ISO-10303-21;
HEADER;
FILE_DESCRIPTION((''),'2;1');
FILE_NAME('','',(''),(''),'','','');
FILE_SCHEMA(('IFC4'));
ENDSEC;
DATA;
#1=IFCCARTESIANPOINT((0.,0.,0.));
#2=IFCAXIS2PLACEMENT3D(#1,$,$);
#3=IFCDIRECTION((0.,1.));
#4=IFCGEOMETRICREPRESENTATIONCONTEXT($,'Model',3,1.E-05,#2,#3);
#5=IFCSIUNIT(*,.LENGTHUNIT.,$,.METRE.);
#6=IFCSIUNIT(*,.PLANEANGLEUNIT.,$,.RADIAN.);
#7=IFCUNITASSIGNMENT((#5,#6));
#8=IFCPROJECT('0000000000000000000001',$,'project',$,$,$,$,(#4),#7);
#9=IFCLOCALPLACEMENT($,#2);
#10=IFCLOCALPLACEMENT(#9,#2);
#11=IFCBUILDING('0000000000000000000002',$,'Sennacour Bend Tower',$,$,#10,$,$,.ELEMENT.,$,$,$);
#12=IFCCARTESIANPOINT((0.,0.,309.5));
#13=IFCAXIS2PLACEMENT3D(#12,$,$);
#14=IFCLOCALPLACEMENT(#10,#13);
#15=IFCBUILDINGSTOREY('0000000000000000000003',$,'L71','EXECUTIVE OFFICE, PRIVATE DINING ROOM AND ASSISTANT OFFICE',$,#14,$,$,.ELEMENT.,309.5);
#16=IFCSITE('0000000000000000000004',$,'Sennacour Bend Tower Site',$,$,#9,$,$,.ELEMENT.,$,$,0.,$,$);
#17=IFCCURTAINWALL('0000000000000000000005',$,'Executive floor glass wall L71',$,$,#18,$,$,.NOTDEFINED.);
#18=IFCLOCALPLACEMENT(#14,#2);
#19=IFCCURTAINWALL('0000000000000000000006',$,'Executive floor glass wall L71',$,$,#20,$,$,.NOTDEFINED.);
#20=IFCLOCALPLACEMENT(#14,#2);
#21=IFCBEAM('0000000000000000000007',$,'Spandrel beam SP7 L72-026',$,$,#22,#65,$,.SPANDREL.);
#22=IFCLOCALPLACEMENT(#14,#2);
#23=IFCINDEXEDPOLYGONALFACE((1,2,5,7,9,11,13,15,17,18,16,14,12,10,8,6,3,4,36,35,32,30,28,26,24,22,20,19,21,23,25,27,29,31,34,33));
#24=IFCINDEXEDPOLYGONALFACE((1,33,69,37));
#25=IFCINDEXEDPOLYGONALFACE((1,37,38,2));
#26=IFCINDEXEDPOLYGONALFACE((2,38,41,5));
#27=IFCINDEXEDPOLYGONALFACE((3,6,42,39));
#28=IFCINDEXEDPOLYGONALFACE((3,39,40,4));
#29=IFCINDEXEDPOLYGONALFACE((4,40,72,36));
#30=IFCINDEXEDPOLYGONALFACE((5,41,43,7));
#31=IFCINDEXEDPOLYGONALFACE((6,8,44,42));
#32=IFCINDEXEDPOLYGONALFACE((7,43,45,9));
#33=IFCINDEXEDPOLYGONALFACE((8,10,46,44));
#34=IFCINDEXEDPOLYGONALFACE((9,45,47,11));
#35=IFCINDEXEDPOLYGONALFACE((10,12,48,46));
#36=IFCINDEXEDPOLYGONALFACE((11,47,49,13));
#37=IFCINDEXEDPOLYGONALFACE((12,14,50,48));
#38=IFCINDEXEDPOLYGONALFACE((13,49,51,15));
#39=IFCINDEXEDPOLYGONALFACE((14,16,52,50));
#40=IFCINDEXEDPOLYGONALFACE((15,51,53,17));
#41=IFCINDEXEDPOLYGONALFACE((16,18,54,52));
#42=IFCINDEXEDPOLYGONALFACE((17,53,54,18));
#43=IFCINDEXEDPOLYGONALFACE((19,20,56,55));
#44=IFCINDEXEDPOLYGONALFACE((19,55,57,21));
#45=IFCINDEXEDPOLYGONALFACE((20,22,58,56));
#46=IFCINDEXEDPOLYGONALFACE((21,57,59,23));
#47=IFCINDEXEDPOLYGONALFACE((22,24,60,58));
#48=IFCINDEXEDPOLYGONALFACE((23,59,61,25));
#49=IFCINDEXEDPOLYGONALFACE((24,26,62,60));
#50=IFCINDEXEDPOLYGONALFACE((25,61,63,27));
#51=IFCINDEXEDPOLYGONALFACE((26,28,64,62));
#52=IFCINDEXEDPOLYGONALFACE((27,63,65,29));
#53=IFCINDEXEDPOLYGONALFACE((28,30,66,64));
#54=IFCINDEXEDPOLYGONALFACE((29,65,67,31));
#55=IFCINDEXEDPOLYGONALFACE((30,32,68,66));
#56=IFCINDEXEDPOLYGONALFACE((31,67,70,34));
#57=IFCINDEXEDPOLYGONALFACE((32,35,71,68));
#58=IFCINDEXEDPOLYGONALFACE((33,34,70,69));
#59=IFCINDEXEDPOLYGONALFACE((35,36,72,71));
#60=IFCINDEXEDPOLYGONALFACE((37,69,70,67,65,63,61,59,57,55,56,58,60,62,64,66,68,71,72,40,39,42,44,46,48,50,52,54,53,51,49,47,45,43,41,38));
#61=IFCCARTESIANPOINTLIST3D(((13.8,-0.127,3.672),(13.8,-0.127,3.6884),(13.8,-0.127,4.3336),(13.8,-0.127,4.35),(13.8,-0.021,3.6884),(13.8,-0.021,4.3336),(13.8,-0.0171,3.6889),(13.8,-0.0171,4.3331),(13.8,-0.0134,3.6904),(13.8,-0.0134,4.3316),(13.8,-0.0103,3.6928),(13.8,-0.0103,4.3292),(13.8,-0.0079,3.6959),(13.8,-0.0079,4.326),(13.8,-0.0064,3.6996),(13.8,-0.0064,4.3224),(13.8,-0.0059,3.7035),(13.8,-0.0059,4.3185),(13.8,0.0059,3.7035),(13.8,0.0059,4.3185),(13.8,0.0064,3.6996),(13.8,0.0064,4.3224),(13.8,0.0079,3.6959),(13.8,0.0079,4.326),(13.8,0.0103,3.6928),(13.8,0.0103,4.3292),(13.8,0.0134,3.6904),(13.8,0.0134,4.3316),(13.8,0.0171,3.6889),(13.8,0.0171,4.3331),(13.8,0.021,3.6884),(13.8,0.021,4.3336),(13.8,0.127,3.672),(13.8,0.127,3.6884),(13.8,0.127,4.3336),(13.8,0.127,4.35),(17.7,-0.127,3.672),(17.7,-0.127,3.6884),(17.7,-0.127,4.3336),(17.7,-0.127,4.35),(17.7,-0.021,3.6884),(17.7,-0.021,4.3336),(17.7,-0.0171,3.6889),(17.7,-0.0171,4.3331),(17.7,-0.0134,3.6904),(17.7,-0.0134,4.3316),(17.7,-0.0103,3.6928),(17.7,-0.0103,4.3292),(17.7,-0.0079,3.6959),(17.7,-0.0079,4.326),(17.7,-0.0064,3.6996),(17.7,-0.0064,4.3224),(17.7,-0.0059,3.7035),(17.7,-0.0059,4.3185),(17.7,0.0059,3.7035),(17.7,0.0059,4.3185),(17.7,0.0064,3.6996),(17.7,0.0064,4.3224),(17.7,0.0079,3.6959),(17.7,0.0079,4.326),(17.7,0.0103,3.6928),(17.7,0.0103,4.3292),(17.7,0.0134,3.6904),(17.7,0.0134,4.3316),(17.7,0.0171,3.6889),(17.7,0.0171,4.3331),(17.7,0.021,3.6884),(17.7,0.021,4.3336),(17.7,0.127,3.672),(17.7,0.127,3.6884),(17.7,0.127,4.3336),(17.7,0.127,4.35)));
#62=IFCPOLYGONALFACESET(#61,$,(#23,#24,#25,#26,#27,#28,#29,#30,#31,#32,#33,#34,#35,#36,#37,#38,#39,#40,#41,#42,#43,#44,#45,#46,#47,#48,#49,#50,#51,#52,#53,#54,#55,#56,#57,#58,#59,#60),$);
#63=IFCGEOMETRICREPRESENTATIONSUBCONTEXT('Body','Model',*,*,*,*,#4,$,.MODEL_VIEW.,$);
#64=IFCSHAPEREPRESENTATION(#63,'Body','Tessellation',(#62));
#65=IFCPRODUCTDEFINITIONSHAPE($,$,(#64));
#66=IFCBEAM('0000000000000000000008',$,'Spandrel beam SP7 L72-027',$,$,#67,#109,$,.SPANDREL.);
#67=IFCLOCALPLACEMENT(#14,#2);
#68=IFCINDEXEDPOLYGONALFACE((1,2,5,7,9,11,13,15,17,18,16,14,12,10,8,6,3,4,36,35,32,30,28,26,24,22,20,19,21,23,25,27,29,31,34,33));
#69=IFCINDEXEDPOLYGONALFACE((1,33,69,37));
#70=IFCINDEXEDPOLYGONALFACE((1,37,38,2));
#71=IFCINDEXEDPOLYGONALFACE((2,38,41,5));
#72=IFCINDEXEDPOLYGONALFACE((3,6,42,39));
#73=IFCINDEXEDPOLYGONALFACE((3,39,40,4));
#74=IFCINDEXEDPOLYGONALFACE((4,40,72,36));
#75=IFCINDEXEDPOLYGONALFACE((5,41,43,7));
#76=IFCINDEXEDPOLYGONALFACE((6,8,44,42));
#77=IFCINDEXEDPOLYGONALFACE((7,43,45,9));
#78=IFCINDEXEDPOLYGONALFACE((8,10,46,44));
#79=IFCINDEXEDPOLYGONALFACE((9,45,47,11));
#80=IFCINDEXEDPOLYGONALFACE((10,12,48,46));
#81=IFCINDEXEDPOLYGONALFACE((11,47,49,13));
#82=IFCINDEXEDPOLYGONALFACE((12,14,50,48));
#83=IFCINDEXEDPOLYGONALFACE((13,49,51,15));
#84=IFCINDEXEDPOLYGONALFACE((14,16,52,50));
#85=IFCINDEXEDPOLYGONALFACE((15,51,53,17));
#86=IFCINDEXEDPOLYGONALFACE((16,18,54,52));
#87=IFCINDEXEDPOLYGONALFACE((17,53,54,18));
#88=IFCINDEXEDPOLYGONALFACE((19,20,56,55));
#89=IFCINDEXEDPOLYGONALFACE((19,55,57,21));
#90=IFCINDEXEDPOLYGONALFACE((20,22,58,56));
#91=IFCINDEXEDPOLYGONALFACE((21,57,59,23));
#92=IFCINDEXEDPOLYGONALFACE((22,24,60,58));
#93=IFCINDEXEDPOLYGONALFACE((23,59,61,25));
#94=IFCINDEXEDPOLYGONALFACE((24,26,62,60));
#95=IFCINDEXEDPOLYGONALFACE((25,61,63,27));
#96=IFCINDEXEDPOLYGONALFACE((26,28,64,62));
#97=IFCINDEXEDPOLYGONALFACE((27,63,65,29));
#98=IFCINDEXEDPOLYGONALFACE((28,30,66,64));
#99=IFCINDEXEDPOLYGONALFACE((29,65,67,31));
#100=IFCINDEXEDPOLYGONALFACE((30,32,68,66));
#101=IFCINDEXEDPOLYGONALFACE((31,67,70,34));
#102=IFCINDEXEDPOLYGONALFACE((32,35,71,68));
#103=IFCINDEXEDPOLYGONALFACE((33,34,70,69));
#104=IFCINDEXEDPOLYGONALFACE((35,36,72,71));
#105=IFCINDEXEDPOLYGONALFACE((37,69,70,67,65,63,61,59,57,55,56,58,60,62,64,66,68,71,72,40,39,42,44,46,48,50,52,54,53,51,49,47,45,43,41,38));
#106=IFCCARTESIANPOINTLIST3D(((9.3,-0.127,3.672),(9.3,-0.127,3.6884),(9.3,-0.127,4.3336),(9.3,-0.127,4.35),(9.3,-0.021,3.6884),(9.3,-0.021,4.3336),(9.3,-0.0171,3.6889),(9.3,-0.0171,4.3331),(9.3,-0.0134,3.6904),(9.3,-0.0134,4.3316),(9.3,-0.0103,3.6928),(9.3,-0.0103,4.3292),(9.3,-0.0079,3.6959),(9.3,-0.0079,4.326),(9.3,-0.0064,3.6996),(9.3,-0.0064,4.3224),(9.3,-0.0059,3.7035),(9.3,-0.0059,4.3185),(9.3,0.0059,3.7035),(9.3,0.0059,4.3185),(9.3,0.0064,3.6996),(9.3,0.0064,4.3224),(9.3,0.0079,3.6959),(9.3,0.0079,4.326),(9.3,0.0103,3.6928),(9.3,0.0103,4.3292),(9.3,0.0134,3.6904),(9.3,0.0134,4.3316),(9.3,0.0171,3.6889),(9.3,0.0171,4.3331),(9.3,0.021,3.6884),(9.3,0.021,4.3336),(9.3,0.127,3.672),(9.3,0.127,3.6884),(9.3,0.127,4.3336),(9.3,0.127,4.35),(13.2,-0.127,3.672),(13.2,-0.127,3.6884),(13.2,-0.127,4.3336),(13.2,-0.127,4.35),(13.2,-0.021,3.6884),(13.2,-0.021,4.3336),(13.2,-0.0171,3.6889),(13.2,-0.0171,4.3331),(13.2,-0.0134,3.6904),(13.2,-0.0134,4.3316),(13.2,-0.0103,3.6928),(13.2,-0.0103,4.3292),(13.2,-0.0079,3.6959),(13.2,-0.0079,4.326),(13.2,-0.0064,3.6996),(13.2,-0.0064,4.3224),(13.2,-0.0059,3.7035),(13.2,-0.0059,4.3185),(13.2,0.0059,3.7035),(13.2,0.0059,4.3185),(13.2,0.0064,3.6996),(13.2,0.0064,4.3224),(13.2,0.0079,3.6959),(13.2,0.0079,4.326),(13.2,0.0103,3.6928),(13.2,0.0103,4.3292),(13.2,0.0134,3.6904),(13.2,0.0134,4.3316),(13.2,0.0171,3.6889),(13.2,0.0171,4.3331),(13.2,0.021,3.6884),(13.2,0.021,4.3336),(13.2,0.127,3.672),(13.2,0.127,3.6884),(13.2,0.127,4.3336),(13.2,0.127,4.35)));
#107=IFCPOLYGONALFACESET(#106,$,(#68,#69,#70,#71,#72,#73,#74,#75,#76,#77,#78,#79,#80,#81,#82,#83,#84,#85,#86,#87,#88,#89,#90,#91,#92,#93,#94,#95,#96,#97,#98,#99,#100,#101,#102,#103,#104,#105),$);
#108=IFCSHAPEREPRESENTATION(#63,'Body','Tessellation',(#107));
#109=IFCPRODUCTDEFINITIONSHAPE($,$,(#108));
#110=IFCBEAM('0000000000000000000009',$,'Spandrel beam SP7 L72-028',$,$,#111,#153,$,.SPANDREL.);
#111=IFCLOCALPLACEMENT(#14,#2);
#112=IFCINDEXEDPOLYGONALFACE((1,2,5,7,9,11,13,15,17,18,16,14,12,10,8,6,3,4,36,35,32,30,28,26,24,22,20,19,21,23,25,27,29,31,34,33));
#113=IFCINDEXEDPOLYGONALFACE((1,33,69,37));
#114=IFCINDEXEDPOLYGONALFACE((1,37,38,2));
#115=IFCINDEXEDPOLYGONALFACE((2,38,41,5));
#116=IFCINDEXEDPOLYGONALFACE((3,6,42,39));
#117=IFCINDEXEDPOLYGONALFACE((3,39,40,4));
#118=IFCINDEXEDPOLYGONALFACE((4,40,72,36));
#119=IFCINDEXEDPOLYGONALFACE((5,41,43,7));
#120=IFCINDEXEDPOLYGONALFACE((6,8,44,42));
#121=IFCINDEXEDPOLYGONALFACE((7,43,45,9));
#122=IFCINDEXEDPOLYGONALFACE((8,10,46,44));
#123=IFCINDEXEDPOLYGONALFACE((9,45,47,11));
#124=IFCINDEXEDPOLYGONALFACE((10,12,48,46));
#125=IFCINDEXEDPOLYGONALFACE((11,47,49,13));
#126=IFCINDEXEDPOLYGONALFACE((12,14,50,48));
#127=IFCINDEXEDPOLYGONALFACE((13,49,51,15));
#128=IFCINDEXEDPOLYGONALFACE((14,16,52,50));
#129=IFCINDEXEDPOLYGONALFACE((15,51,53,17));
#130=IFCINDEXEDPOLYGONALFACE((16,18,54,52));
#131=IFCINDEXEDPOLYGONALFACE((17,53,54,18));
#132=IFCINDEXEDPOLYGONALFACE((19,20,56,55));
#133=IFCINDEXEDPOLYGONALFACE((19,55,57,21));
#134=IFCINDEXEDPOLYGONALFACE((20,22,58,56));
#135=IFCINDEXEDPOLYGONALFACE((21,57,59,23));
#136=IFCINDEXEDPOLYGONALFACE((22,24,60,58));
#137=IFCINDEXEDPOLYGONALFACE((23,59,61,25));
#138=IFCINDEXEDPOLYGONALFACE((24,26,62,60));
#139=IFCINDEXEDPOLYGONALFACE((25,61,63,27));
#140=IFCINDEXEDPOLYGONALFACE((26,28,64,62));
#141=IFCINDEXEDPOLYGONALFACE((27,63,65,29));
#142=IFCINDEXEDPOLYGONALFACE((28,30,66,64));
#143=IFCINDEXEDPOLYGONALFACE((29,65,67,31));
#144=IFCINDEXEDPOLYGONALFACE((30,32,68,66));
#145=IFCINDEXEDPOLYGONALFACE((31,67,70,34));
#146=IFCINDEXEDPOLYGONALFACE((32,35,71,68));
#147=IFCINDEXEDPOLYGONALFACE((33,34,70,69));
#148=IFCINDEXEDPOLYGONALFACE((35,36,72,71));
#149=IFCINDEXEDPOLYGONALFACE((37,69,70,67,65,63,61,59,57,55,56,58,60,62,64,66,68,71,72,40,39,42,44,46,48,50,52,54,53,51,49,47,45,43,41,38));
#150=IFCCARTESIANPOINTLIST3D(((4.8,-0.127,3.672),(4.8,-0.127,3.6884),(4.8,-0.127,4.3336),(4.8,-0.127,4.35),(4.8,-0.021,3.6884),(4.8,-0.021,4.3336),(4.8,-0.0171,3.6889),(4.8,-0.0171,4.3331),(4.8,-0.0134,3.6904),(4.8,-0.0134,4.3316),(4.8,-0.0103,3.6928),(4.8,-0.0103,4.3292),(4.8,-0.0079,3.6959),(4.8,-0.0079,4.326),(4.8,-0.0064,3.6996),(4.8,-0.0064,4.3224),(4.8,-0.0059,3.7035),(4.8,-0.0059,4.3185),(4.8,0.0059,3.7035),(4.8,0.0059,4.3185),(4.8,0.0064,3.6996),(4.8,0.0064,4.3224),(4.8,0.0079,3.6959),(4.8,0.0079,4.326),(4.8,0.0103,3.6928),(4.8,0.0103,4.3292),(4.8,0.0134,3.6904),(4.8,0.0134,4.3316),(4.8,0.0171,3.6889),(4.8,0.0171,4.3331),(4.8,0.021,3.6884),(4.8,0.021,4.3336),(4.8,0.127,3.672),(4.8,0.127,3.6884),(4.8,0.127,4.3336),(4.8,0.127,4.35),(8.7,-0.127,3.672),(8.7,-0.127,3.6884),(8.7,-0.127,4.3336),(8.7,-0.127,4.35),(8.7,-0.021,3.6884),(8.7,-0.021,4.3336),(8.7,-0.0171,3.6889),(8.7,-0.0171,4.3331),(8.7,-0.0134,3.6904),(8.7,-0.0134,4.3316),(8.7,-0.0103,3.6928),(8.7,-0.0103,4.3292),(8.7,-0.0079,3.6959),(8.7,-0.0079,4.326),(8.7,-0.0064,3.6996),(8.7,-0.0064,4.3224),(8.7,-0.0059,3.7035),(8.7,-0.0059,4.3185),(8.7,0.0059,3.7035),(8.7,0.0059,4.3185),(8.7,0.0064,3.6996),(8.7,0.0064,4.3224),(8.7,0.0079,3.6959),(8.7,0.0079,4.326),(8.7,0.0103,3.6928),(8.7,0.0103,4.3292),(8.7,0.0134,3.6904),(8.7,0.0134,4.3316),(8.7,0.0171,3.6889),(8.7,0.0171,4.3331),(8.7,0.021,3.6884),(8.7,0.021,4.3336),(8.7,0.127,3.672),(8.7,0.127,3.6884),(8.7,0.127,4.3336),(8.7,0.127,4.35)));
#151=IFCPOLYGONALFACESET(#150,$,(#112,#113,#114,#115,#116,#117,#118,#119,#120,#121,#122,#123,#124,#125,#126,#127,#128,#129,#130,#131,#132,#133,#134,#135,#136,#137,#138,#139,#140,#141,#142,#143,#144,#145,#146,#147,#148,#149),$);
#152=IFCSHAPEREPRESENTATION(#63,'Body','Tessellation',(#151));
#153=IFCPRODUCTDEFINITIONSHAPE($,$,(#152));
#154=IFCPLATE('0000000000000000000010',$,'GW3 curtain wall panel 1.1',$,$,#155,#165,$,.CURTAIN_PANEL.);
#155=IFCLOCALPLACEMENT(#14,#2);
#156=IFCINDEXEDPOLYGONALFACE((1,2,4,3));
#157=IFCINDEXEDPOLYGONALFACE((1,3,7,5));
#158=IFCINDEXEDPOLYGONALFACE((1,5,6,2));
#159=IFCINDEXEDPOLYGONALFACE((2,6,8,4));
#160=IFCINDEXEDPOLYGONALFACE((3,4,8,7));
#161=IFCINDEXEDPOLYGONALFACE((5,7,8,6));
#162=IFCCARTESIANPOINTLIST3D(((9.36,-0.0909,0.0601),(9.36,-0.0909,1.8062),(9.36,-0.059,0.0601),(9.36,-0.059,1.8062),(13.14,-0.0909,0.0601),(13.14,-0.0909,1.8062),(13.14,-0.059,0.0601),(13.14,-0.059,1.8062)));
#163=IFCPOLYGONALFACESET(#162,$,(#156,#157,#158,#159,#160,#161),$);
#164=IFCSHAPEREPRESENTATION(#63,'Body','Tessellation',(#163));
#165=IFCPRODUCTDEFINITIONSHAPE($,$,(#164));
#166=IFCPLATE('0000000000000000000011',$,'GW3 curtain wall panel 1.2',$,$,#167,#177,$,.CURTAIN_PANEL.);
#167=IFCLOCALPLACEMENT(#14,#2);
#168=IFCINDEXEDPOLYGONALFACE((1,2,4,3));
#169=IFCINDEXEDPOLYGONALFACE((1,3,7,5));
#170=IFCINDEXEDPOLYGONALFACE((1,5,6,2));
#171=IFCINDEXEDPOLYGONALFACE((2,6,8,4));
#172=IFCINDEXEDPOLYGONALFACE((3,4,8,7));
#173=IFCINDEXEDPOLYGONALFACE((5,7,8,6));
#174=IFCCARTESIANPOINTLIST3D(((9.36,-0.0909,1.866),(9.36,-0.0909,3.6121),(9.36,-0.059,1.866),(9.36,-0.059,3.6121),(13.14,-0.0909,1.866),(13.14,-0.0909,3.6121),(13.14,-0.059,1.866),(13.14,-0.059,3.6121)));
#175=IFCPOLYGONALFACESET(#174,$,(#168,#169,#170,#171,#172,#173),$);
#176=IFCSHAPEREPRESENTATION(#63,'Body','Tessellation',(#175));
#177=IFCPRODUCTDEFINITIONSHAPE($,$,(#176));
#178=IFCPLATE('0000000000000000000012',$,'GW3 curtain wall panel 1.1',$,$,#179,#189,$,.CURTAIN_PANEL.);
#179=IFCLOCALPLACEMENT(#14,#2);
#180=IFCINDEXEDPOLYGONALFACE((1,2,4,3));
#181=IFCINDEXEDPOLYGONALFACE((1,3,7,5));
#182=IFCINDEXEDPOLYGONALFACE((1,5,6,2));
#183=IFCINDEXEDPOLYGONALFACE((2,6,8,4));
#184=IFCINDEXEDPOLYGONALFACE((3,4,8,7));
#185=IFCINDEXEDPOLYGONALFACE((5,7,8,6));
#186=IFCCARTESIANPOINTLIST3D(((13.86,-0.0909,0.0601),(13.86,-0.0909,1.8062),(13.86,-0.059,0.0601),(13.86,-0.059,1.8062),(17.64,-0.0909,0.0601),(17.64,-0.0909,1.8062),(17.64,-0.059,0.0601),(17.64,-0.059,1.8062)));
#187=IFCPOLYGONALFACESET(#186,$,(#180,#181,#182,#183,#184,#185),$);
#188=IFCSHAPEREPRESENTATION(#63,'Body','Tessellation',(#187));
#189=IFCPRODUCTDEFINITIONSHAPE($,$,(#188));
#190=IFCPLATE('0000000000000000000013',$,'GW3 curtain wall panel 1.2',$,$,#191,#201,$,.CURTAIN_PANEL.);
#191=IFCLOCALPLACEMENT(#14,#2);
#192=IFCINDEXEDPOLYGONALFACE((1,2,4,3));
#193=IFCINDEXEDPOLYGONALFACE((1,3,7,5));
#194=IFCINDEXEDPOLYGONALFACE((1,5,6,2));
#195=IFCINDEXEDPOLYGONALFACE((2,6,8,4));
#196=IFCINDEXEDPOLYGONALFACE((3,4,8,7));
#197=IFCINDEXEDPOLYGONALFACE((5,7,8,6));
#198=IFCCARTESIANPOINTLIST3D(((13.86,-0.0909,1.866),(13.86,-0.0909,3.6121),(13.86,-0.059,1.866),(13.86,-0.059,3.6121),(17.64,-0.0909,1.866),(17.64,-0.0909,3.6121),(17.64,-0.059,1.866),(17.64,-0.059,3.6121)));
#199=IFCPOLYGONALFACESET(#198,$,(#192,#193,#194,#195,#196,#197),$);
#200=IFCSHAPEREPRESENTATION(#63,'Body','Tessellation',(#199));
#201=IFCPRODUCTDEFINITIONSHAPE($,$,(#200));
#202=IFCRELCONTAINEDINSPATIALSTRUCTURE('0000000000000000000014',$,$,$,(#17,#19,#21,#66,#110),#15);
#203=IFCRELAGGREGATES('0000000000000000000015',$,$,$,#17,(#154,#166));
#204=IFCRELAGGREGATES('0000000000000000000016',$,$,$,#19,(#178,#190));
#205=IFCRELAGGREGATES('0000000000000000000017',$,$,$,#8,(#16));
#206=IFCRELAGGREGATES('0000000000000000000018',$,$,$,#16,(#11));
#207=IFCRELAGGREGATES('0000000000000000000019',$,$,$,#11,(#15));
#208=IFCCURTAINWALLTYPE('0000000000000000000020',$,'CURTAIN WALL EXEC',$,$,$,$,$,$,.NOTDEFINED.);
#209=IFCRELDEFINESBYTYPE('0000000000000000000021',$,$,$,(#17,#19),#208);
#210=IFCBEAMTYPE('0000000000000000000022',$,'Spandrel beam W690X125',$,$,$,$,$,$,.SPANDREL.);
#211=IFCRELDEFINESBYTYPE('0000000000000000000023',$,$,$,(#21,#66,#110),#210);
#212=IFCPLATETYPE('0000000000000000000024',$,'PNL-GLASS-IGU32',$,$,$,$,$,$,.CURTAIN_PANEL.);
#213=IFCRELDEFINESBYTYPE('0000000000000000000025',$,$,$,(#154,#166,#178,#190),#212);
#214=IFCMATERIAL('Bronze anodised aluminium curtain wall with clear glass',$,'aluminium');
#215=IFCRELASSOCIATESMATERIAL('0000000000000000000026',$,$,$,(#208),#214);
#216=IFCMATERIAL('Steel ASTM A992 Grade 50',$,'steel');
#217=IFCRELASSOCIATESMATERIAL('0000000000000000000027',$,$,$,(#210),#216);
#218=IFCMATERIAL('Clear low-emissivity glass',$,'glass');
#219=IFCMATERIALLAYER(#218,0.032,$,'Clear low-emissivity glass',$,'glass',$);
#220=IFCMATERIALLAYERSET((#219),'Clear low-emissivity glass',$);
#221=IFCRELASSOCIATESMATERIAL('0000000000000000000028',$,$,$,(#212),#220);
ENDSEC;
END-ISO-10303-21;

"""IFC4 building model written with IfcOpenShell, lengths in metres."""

from ifc_helpers import new_model, si_unit, direction, frame, origin, origin_2d, place, context, subcontext, project, spatial, rectangle, i_section, extrude, material, layer, layer_set, material_profile, profile_set, type_object, element, aggregate, save


model = new_model("IFC4")

# Units and contexts
model_context = context("Model", 3, precision=1e-05, world=origin(), true_north=direction((0.0, 1.0)))
body_context = subcontext(model_context, "Body", "Model", "MODEL_VIEW")
ifc_project = project(units=[si_unit("LENGTHUNIT", "METRE"), si_unit("PLANEANGLEUNIT", "RADIAN")], contexts=[model_context])

# Site, building, storey
site_placement = place(None, origin())
site = spatial("IfcSite", under=ifc_project, at=site_placement, Name="Sennacour Bend Tower Site", CompositionType="ELEMENT", RefElevation=0.0)
building_placement = place(site_placement, origin())
building = spatial("IfcBuilding", under=site, at=building_placement, Name="Sennacour Bend Tower", CompositionType="ELEMENT")
storey_placement = place(building_placement, frame((0.0, 0.0, 309.5)))
storey = spatial("IfcBuildingStorey", under=building, at=storey_placement, Name="L71", Description="EXECUTIVE OFFICE, PRIVATE DINING ROOM AND ASSISTANT OFFICE", CompositionType="ELEMENT", Elevation=309.5)

# Shared definitions
ifc_material_1 = material(Name="Bronze anodised aluminium curtain wall with clear glass", Category="aluminium")
curtain_wall_type = type_object("IfcCurtainWallType", Name="CURTAIN WALL EXEC", PredefinedType="NOTDEFINED", material=ifc_material_1)

# Curtain walls
curtain_wall_1_placement = place(storey_placement, origin())
curtain_wall_1 = element("IfcCurtainWall", 1, at=curtain_wall_1_placement, inside=storey, type_object=curtain_wall_type, Name="Executive floor glass wall L71", PredefinedType="NOTDEFINED")
curtain_wall_2_placement = place(storey_placement, origin())
curtain_wall_2 = element("IfcCurtainWall", 2, at=curtain_wall_2_placement, inside=storey, type_object=curtain_wall_type, Name="Executive floor glass wall L71", PredefinedType="NOTDEFINED")

# Beams
ifc_material_2 = material(Name="Steel ASTM A992 Grade 50", Category="steel")
ifc_material_profile_1 = material_profile(ifc_material_2, i_section(OverallWidth=0.2539, OverallDepth=0.678, WebThickness=0.0117, FlangeThickness=0.0164, FilletRadius=0.0151, at=origin_2d()), Name="Steel ASTM A992 Grade 50", Category="steel")
ifc_profile_set_1 = profile_set([ifc_material_profile_1], Name="Steel ASTM A992 Grade 50")
beam_type_1 = type_object("IfcBeamType", Name="Spandrel beam W690X125", PredefinedType="SPANDREL", material=ifc_profile_set_1)
for number, where, z_axis, x_axis, name in (
    (3, (17.7, 0.0, 4.011), (-1.0, 0.0, 0.0), (0.0, -1.0, 0.0), "Spandrel beam SP7 L72-026"),
    (4, (13.2, 0.0, 4.011), (-1.0, 0.0, 0.0), (0.0, -1.0, 0.0), "Spandrel beam SP7 L72-027"),
    (5, (8.7, 0.0, 4.011), (-1.0, 0.0, 0.0), (0.0, -1.0, 0.0), "Spandrel beam SP7 L72-028"),
):
    element("IfcBeam", number, at=place(storey_placement, frame(where, z_axis=z_axis, x_axis=x_axis)), inside=storey, type_object=beam_type_1, Name=name, PredefinedType="SPANDREL", context=body_context, shape_type="SweptSolid", body=[
        extrude(i_section(OverallWidth=0.2539, OverallDepth=0.678, WebThickness=0.0117, FlangeThickness=0.0164, FilletRadius=0.0151, at=origin_2d()), origin(), (0.0, 0.0, 1.0), 3.8999),
    ])

# Plates
ifc_material_3 = material(Name="Clear low-emissivity glass", Category="glass")
ifc_layer_1 = layer(ifc_material_3, 0.032, Name="Clear low-emissivity glass", Category="glass")
ifc_layer_set_1 = layer_set([ifc_layer_1], Name="Clear low-emissivity glass")
plate_type = type_object("IfcPlateType", Name="PNL-GLASS-IGU32", PredefinedType="CURTAIN_PANEL", material=ifc_layer_set_1)
plate_1_placement = place(storey_placement, frame((11.25, -0.075, 0.0601), z_axis=(0.0, 0.0, 1.0), x_axis=(1.0, 0.0, 0.0)))
plate_1 = element("IfcPlate", 6, at=plate_1_placement, type_object=plate_type, Name="GW3 curtain wall panel 1.1", PredefinedType="CURTAIN_PANEL", context=body_context, shape_type="SweptSolid", body=[
    extrude(rectangle(XDim=3.78, YDim=0.032, at=origin_2d()), origin(), (0.0, 0.0, 1.0), 1.7461),
])
plate_2_placement = place(storey_placement, frame((11.25, -0.075, 1.866), z_axis=(0.0, 0.0, 1.0), x_axis=(1.0, 0.0, 0.0)))
plate_2 = element("IfcPlate", 7, at=plate_2_placement, type_object=plate_type, Name="GW3 curtain wall panel 1.2", PredefinedType="CURTAIN_PANEL", context=body_context, shape_type="SweptSolid", body=[
    extrude(rectangle(XDim=3.78, YDim=0.032, at=origin_2d()), origin(), (0.0, 0.0, 1.0), 1.7461),
])
aggregate(curtain_wall_1, [plate_1, plate_2])
plate_3_placement = place(storey_placement, frame((15.75, -0.075, 0.0601), z_axis=(0.0, 0.0, 1.0), x_axis=(1.0, 0.0, 0.0)))
plate_3 = element("IfcPlate", 8, at=plate_3_placement, type_object=plate_type, Name="GW3 curtain wall panel 1.1", PredefinedType="CURTAIN_PANEL", context=body_context, shape_type="SweptSolid", body=[
    extrude(rectangle(XDim=3.78, YDim=0.032, at=origin_2d()), origin(), (0.0, 0.0, 1.0), 1.7461),
])
plate_4_placement = place(storey_placement, frame((15.75, -0.075, 1.866), z_axis=(0.0, 0.0, 1.0), x_axis=(1.0, 0.0, 0.0)))
plate_4 = element("IfcPlate", 9, at=plate_4_placement, type_object=plate_type, Name="GW3 curtain wall panel 1.2", PredefinedType="CURTAIN_PANEL", context=body_context, shape_type="SweptSolid", body=[
    extrude(rectangle(XDim=3.78, YDim=0.032, at=origin_2d()), origin(), (0.0, 0.0, 1.0), 1.7461),
])
aggregate(curtain_wall_2, [plate_3, plate_4])

save(model, "model.ifc")
